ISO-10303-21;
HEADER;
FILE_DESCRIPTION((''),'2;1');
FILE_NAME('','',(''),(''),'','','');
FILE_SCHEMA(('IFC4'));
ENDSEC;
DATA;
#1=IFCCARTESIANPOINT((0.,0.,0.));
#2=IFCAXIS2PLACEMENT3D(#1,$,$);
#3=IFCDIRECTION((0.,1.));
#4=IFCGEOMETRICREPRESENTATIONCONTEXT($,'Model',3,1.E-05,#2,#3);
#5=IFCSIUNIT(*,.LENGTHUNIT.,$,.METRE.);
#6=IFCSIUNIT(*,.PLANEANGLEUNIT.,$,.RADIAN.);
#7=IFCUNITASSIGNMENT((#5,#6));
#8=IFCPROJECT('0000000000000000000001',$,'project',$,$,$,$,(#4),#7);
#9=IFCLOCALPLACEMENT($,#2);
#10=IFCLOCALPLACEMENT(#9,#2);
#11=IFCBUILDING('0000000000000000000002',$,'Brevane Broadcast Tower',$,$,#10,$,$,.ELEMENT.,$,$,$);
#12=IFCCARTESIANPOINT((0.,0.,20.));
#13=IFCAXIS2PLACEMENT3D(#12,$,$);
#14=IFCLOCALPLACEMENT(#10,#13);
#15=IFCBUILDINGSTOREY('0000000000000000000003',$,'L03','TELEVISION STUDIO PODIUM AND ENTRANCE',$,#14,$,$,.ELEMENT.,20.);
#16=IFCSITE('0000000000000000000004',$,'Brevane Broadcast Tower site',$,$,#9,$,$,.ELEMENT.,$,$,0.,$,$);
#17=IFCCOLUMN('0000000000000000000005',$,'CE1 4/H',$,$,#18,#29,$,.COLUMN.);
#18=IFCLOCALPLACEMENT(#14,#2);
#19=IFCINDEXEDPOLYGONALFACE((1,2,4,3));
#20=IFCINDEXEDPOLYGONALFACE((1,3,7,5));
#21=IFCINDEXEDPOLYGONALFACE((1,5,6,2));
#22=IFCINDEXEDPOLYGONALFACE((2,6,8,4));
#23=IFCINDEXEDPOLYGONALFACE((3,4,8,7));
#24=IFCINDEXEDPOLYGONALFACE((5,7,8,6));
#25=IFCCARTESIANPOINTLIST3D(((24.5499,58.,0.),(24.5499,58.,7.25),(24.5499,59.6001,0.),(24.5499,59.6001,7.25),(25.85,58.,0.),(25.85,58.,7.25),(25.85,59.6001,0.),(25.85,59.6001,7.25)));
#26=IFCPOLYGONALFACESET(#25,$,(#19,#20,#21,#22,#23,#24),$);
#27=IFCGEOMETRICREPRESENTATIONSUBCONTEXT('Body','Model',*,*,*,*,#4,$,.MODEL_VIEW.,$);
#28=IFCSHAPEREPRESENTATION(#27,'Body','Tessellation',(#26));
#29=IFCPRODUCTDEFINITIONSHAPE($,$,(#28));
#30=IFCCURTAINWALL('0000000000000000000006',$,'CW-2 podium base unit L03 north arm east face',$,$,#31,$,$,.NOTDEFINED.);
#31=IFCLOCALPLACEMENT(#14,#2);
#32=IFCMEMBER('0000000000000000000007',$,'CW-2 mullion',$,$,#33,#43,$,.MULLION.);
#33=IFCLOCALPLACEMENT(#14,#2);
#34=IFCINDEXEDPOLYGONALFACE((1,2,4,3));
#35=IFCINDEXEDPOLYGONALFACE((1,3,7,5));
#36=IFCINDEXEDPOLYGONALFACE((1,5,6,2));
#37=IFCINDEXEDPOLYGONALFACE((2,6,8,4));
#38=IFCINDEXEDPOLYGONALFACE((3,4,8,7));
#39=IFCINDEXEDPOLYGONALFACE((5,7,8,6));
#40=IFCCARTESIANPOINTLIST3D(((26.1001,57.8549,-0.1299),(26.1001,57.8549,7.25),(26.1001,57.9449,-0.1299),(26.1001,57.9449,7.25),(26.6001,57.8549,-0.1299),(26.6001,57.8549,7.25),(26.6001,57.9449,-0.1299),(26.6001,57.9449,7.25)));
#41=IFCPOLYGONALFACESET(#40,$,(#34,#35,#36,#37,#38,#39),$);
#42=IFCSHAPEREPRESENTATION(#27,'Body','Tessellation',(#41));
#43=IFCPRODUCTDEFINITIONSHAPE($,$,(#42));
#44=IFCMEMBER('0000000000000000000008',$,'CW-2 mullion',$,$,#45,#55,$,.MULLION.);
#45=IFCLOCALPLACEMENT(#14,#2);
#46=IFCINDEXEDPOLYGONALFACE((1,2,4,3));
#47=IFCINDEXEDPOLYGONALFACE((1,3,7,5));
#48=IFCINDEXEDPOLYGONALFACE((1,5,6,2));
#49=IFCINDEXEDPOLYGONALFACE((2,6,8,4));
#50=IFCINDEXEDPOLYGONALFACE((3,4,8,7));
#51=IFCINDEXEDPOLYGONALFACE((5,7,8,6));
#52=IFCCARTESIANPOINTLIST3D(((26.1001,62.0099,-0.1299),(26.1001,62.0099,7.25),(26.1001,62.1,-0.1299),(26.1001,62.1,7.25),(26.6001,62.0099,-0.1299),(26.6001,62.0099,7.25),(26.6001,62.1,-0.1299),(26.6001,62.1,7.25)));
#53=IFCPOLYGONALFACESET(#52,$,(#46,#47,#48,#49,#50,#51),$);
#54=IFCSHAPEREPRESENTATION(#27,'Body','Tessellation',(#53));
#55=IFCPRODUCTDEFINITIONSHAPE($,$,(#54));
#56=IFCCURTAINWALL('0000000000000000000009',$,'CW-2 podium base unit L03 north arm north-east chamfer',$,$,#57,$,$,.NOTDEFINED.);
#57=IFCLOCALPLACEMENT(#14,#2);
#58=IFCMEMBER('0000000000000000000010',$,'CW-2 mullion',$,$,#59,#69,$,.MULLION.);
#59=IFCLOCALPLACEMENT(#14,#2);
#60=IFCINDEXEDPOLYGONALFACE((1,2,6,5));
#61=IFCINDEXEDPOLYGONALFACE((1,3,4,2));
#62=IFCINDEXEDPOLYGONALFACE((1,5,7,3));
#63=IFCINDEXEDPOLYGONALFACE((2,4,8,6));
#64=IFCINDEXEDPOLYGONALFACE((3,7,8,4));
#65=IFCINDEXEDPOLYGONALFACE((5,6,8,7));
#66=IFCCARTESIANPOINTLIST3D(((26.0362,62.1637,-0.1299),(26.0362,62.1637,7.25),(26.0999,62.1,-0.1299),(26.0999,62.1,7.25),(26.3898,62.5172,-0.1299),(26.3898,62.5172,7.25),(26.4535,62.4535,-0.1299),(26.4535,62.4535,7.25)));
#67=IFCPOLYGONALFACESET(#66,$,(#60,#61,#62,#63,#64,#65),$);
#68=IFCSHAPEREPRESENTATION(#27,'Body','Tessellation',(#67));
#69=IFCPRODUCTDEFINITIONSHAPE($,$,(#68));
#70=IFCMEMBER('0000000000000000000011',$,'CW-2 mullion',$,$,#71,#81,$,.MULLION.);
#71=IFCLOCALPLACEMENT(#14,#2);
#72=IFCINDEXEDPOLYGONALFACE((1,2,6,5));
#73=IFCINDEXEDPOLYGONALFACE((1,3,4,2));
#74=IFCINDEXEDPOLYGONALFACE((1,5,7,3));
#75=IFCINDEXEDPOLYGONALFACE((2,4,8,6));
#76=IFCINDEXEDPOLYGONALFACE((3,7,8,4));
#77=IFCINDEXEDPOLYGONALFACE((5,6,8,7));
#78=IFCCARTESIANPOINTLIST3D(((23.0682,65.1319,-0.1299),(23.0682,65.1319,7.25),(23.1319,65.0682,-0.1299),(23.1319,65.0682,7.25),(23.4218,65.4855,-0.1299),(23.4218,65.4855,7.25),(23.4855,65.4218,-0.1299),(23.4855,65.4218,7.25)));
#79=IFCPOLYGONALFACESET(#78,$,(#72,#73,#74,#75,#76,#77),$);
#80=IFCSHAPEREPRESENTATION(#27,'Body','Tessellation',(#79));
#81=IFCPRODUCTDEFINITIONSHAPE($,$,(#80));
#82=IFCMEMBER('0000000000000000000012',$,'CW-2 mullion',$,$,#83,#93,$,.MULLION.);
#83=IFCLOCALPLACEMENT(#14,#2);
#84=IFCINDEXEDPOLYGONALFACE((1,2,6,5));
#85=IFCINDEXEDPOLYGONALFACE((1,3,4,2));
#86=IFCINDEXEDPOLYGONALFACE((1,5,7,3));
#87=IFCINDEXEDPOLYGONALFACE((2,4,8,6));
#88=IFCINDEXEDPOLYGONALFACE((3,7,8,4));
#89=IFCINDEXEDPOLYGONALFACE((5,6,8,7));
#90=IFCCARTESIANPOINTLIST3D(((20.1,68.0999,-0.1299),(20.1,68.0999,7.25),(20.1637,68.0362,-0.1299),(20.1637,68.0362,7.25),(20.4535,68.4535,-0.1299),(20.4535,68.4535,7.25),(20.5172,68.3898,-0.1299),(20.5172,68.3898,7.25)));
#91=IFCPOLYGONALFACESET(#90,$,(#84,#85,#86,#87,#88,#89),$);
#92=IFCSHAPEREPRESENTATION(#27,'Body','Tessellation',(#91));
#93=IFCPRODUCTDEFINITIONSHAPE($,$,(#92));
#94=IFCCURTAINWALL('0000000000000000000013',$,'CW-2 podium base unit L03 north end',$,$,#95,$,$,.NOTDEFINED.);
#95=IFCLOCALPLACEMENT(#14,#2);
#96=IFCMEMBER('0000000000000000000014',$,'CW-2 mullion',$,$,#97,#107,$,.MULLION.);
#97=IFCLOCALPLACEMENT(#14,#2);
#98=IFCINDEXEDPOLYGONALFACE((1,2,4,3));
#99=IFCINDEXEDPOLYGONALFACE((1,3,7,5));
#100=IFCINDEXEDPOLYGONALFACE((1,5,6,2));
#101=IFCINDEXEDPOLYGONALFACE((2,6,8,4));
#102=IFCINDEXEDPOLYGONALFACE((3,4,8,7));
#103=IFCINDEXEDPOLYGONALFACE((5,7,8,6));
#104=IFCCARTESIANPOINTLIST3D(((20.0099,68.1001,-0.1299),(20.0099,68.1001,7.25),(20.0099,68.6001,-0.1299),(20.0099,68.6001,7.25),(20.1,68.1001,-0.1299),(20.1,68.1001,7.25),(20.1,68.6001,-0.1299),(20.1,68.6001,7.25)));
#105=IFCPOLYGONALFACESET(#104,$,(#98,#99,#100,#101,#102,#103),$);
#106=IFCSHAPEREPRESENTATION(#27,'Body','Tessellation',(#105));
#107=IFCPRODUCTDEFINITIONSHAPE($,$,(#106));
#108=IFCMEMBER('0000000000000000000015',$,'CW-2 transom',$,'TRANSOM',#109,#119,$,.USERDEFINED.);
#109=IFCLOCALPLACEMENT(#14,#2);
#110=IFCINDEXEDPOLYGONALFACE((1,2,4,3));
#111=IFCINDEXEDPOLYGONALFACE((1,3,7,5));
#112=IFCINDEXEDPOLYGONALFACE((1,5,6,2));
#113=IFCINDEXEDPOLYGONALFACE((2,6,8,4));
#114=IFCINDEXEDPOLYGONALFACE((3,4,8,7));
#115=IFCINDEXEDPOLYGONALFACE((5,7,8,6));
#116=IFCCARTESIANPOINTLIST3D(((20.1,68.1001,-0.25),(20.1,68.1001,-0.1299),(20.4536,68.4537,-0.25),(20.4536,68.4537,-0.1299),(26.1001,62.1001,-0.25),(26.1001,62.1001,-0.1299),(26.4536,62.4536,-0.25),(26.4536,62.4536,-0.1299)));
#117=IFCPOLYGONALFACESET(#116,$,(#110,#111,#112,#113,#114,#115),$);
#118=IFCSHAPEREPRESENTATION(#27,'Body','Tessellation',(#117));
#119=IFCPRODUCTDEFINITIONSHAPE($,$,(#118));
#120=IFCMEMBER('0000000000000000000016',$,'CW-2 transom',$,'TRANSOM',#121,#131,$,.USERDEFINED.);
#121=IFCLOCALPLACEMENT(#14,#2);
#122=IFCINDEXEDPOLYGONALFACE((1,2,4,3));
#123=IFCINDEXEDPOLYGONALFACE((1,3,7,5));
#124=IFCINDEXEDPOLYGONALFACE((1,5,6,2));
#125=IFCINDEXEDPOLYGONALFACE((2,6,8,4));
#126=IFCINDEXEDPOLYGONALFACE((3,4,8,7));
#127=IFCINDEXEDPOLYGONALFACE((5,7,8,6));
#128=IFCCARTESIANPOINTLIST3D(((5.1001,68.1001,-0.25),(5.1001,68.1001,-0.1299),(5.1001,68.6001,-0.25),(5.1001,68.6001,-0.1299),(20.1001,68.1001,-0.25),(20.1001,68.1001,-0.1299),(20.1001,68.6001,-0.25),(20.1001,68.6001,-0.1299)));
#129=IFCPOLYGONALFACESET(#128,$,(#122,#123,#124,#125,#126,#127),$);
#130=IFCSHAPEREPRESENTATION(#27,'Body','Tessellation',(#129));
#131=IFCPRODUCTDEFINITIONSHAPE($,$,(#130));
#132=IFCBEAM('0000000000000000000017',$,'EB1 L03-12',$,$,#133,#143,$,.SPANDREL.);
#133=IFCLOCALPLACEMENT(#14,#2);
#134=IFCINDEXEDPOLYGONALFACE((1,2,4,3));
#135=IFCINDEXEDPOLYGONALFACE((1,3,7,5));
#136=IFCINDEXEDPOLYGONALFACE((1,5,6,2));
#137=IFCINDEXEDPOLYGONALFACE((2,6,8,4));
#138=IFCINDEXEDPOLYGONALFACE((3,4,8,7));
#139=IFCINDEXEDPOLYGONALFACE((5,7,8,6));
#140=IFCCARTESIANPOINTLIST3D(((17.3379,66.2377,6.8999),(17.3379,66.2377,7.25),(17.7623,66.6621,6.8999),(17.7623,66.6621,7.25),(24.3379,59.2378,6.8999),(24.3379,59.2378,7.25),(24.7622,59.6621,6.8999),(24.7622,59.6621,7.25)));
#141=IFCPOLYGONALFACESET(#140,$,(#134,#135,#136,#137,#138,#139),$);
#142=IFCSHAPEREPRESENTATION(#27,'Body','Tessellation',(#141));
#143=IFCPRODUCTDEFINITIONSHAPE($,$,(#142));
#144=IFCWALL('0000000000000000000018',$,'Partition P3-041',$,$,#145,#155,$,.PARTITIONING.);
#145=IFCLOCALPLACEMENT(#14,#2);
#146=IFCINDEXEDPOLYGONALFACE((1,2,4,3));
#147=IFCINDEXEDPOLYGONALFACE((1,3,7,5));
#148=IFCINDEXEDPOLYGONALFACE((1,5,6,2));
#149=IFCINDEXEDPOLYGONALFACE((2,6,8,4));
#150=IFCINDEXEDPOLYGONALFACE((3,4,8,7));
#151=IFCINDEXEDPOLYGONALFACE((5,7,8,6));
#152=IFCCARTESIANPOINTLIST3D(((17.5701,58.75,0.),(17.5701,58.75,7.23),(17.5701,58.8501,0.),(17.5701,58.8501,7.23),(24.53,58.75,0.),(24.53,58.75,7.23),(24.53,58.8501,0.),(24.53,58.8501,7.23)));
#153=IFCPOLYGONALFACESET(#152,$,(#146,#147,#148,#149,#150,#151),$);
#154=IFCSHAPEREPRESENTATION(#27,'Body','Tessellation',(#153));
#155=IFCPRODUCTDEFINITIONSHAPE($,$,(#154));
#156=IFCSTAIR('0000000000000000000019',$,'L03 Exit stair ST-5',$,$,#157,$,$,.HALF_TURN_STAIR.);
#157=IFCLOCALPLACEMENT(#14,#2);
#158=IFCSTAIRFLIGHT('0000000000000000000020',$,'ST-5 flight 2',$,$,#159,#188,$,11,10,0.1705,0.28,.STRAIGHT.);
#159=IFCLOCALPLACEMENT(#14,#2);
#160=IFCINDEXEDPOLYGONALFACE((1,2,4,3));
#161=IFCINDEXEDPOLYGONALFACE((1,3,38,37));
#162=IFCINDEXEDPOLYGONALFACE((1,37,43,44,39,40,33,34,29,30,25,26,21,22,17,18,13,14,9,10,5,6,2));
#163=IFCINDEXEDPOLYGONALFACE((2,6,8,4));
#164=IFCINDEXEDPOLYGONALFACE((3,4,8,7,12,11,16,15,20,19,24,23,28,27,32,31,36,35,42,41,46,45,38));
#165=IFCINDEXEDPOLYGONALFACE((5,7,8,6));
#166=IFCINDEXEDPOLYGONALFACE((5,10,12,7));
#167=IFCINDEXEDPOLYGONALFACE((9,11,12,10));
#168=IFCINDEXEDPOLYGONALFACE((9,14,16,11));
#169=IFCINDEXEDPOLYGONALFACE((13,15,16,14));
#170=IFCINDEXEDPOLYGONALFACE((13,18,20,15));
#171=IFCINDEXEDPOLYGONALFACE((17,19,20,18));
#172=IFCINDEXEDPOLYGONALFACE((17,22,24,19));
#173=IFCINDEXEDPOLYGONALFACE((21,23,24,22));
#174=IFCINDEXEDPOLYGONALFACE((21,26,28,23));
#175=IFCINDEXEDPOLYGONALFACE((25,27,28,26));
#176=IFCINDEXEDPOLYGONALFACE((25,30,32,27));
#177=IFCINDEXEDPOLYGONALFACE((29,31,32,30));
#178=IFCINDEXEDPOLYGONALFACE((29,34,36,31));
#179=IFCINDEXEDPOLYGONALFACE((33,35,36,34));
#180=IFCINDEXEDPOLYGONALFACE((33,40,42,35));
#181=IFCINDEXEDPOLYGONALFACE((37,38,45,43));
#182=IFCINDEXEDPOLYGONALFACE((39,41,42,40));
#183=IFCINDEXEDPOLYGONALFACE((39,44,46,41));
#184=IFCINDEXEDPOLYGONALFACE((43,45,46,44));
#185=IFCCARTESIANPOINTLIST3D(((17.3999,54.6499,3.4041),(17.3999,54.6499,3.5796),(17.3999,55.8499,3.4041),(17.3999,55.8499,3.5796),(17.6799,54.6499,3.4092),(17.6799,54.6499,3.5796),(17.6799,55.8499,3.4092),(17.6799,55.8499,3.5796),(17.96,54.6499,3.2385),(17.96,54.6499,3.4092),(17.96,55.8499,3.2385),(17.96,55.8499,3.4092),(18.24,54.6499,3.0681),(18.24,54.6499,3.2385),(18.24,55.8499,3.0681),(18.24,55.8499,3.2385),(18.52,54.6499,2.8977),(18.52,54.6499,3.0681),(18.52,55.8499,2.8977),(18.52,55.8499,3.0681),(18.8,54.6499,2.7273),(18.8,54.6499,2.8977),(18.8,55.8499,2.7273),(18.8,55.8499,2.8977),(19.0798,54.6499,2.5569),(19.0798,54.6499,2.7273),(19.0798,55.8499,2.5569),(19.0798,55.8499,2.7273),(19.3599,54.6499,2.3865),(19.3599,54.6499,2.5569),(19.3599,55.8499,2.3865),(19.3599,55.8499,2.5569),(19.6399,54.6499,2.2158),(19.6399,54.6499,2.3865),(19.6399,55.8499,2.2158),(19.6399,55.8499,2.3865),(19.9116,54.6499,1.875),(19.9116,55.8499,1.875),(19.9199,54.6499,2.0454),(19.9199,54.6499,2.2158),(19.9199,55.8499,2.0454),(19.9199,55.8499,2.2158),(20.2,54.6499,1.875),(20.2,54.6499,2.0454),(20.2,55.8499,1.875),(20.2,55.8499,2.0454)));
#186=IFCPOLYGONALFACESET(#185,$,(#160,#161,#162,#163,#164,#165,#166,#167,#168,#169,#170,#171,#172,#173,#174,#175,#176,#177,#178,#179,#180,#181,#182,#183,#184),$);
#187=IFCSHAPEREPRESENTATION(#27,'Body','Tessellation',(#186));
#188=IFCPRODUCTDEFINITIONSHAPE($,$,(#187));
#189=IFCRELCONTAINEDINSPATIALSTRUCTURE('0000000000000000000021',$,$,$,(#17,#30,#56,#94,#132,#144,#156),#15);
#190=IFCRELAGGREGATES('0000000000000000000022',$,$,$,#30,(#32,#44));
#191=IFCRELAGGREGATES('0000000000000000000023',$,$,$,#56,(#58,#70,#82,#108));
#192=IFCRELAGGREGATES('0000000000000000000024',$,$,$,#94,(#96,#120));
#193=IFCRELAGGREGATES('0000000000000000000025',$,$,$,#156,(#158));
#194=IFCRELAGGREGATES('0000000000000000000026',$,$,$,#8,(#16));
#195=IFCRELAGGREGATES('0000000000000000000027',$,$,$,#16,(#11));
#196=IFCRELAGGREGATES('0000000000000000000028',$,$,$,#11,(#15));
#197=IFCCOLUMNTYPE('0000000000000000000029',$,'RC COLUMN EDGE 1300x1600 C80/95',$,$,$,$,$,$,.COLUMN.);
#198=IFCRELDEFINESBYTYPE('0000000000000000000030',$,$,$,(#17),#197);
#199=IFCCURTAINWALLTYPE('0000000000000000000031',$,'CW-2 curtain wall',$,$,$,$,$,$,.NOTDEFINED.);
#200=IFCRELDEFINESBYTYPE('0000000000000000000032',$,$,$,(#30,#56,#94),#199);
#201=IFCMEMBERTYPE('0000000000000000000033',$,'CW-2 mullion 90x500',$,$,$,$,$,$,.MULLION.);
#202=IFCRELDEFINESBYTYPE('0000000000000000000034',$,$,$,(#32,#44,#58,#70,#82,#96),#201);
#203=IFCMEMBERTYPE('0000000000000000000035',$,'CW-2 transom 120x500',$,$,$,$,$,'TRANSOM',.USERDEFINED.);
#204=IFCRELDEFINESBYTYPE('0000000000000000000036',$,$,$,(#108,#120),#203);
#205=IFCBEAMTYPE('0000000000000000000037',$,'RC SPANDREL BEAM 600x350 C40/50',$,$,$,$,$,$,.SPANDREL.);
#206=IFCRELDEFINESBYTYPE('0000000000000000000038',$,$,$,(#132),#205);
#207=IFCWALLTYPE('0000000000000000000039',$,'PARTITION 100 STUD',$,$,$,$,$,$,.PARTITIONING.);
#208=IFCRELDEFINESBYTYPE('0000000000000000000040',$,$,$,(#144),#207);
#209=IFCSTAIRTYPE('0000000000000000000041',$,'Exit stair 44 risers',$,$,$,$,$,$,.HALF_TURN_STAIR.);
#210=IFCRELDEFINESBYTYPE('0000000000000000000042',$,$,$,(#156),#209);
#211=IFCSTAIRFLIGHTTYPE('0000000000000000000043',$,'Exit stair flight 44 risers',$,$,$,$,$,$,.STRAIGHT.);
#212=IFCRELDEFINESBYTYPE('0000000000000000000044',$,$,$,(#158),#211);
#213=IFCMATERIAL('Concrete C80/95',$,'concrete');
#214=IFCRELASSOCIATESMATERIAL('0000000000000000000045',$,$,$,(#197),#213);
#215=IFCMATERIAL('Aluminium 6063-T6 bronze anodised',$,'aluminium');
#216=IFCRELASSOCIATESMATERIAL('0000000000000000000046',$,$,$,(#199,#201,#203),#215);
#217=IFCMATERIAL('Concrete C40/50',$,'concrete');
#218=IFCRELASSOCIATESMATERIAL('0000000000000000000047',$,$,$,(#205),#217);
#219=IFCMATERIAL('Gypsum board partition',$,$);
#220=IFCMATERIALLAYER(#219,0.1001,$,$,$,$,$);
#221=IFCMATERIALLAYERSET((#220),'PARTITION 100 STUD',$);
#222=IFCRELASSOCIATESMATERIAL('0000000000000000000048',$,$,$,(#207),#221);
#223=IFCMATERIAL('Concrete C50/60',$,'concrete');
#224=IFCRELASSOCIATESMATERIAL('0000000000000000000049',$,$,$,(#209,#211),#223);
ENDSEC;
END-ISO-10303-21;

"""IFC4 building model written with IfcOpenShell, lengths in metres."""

from ifc_helpers import new_model, si_unit, direction, frame, frame_2d, origin, origin_2d, place, context, subcontext, project, spatial, polyline, rectangle, outline, extrude, material, layer, layer_set, material_profile, profile_set, type_object, element, aggregate, save


model = new_model("IFC4")

# Units and contexts
model_context = context("Model", 3, precision=1e-05, world=origin(), true_north=direction((0.0, 1.0)))
body_context = subcontext(model_context, "Body", "Model", "MODEL_VIEW")
ifc_project = project(units=[si_unit("LENGTHUNIT", "METRE"), si_unit("PLANEANGLEUNIT", "RADIAN")], contexts=[model_context])

# Site, building, storey
site_placement = place(None, origin())
site = spatial("IfcSite", under=ifc_project, at=site_placement, Name="Brevane Broadcast Tower site", CompositionType="ELEMENT", RefElevation=0.0)
building_placement = place(site_placement, origin())
building = spatial("IfcBuilding", under=site, at=building_placement, Name="Brevane Broadcast Tower", CompositionType="ELEMENT")
storey_placement = place(building_placement, frame((0.0, 0.0, 20.0)))
storey = spatial("IfcBuildingStorey", under=building, at=storey_placement, Name="L03", Description="TELEVISION STUDIO PODIUM AND ENTRANCE", CompositionType="ELEMENT", Elevation=20.0)

# Column
ifc_material_1 = material(Name="Concrete C80/95", Category="concrete")
ifc_material_profile_1 = material_profile(ifc_material_1, rectangle(XDim=1.3, YDim=1.6001, at=origin_2d()), Name="RC 1300x1600")
ifc_profile_set_1 = profile_set([ifc_material_profile_1], Name="Concrete C80/95")
column_type = type_object("IfcColumnType", Name="RC COLUMN EDGE 1300x1600 C80/95", PredefinedType="COLUMN", material=ifc_profile_set_1)
column_placement = place(storey_placement, frame((25.2, 58.8, 0.0), z_axis=(0.0, 0.0, 1.0), x_axis=(1.0, 0.0, 0.0)))
element("IfcColumn", 1, at=column_placement, inside=storey, type_object=column_type, Name="CE1 4/H", PredefinedType="COLUMN", context=body_context, shape_type="SweptSolid", body=[
    extrude(rectangle(XDim=1.3, YDim=1.6001, at=origin_2d()), origin(), (0.0, 0.0, 1.0), 7.25),
])

# Curtain walls, members
ifc_material_2 = material(Name="Aluminium 6063-T6 bronze anodised", Category="aluminium")
curtain_wall_type = type_object("IfcCurtainWallType", Name="CW-2 curtain wall", PredefinedType="NOTDEFINED", material=ifc_material_2)
curtain_wall_1_placement = place(storey_placement, origin())
curtain_wall_1 = element("IfcCurtainWall", 2, at=curtain_wall_1_placement, inside=storey, type_object=curtain_wall_type, Name="CW-2 podium base unit L03 north arm east face", PredefinedType="NOTDEFINED")
ifc_material_profile_2 = material_profile(ifc_material_2, rectangle(XDim=0.5, YDim=0.0901, at=origin_2d()), Name="RECT 90x500")
ifc_profile_set_2 = profile_set([ifc_material_profile_2], Name="Aluminium 6063-T6 bronze anodised")
member_type_1 = type_object("IfcMemberType", Name="CW-2 mullion 90x500", PredefinedType="MULLION", material=ifc_profile_set_2)
member_1_placement = place(storey_placement, frame((26.3501, 57.8999, -0.1299), z_axis=(0.0, 0.0, 1.0), x_axis=(-1.0, 0.0, 0.0)))
member_1 = element("IfcMember", 3, at=member_1_placement, type_object=member_type_1, Name="CW-2 mullion", PredefinedType="MULLION", context=body_context, shape_type="SweptSolid", body=[
    extrude(rectangle(XDim=0.5, YDim=0.0901, at=origin_2d()), origin(), (0.0, 0.0, 1.0), 7.3799),
])
member_2_placement = place(storey_placement, frame((26.3501, 62.0549, -0.1299), z_axis=(0.0, 0.0, 1.0), x_axis=(-1.0, 0.0, 0.0)))
member_2 = element("IfcMember", 4, at=member_2_placement, type_object=member_type_1, Name="CW-2 mullion", PredefinedType="MULLION", context=body_context, shape_type="SweptSolid", body=[
    extrude(rectangle(XDim=0.5, YDim=0.0901, at=origin_2d()), origin(), (0.0, 0.0, 1.0), 7.3799),
])
aggregate(curtain_wall_1, [member_1, member_2])
curtain_wall_2_placement = place(storey_placement, origin())
curtain_wall_2 = element("IfcCurtainWall", 5, at=curtain_wall_2_placement, inside=storey, type_object=curtain_wall_type, Name="CW-2 podium base unit L03 north arm north-east chamfer", PredefinedType="NOTDEFINED")
member_3_placement = place(storey_placement, frame((26.2449, 62.3086, -0.1299), z_axis=(0.0, 0.0, 1.0), x_axis=(-0.707107, -0.707107, 0.0)))
member_3 = element("IfcMember", 6, at=member_3_placement, type_object=member_type_1, Name="CW-2 mullion", PredefinedType="MULLION", context=body_context, shape_type="SweptSolid", body=[
    extrude(rectangle(XDim=0.5, YDim=0.0901, at=origin_2d()), origin(), (0.0, 0.0, 1.0), 7.3799),
])
member_4_placement = place(storey_placement, frame((23.2769, 65.2769, -0.1299), z_axis=(0.0, 0.0, 1.0), x_axis=(-0.707107, -0.707107, 0.0)))
member_4 = element("IfcMember", 7, at=member_4_placement, type_object=member_type_1, Name="CW-2 mullion", PredefinedType="MULLION", context=body_context, shape_type="SweptSolid", body=[
    extrude(rectangle(XDim=0.5, YDim=0.0901, at=origin_2d()), origin(), (0.0, 0.0, 1.0), 7.3799),
])
member_5_placement = place(storey_placement, frame((20.3086, 68.2449, -0.1299), z_axis=(0.0, 0.0, 1.0), x_axis=(-0.707107, -0.707107, 0.0)))
member_5 = element("IfcMember", 8, at=member_5_placement, type_object=member_type_1, Name="CW-2 mullion", PredefinedType="MULLION", context=body_context, shape_type="SweptSolid", body=[
    extrude(rectangle(XDim=0.5, YDim=0.0901, at=origin_2d()), origin(), (0.0, 0.0, 1.0), 7.3799),
])

# Curtain wall, member
curtain_wall_3_placement = place(storey_placement, origin())
curtain_wall_3 = element("IfcCurtainWall", 9, at=curtain_wall_3_placement, inside=storey, type_object=curtain_wall_type, Name="CW-2 podium base unit L03 north end", PredefinedType="NOTDEFINED")
member_6_placement = place(storey_placement, frame((20.0549, 68.3501, -0.1299), z_axis=(0.0, 0.0, 1.0), x_axis=(0.0, -1.0, 0.0)))
member_6 = element("IfcMember", 10, at=member_6_placement, type_object=member_type_1, Name="CW-2 mullion", PredefinedType="MULLION", context=body_context, shape_type="SweptSolid", body=[
    extrude(rectangle(XDim=0.5, YDim=0.0901, at=origin_2d()), origin(), (0.0, 0.0, 1.0), 7.3799),
])

# Members
ifc_material_profile_3 = material_profile(ifc_material_2, rectangle(XDim=0.5, YDim=0.1201, at=origin_2d()), Name="RECT 120x500")
ifc_profile_set_3 = profile_set([ifc_material_profile_3], Name="Aluminium 6063-T6 bronze anodised")
member_type_2 = type_object("IfcMemberType", Name="CW-2 transom 120x500", ElementType="TRANSOM", PredefinedType="USERDEFINED", material=ifc_profile_set_3)
member_7_placement = place(storey_placement, frame((26.2769, 62.2769, -0.1899), z_axis=(-0.707107, 0.707107, 0.0), x_axis=(-0.707107, -0.707107, 0.0)))
member_7 = element("IfcMember", 11, at=member_7_placement, type_object=member_type_2, Name="CW-2 transom", ObjectType="TRANSOM", PredefinedType="USERDEFINED", context=body_context, shape_type="SweptSolid", body=[
    extrude(rectangle(XDim=0.5, YDim=0.1201, at=origin_2d()), origin(), (0.0, 0.0, 1.0), 8.4854),
])
aggregate(curtain_wall_2, [member_3, member_4, member_5, member_7])
member_8_placement = place(storey_placement, frame((20.1001, 68.3501, -0.1899), z_axis=(-1.0, 0.0, 0.0), x_axis=(0.0, -1.0, 0.0)))
member_8 = element("IfcMember", 12, at=member_8_placement, type_object=member_type_2, Name="CW-2 transom", ObjectType="TRANSOM", PredefinedType="USERDEFINED", context=body_context, shape_type="SweptSolid", body=[
    extrude(rectangle(XDim=0.5, YDim=0.1201, at=origin_2d()), origin(), (0.0, 0.0, 1.0), 15.0),
])
aggregate(curtain_wall_3, [member_6, member_8])

# Beam
ifc_material_3 = material(Name="Concrete C40/50", Category="concrete")
ifc_material_profile_4 = material_profile(ifc_material_3, rectangle(XDim=0.6001, YDim=0.3501, at=origin_2d()), Name="RC 600x350")
ifc_profile_set_4 = profile_set([ifc_material_profile_4], Name="Concrete C40/50")
beam_type = type_object("IfcBeamType", Name="RC SPANDREL BEAM 600x350 C40/50", PredefinedType="SPANDREL", material=ifc_profile_set_4)
beam_placement = place(storey_placement, frame((24.55, 59.45, 7.075), z_axis=(-0.707107, 0.707107, 0.0), x_axis=(-0.707107, -0.707107, 0.0)))
element("IfcBeam", 13, at=beam_placement, inside=storey, type_object=beam_type, Name="EB1 L03-12", PredefinedType="SPANDREL", context=body_context, shape_type="SweptSolid", body=[
    extrude(rectangle(XDim=0.6001, YDim=0.3501, at=origin_2d()), origin(), (0.0, 0.0, 1.0), 9.8994),
])

# Wall
ifc_material_4 = material(Name="Gypsum board partition")
ifc_layer = layer(ifc_material_4, 0.1001)
ifc_layer_set = layer_set([ifc_layer], Name="PARTITION 100 STUD")
wall_type = type_object("IfcWallType", Name="PARTITION 100 STUD", PredefinedType="PARTITIONING", material=ifc_layer_set)
wall_placement = place(storey_placement, frame((17.5701, 58.8, 0.0), z_axis=(0.0, 0.0, 1.0), x_axis=(1.0, 0.0, 0.0)))
element("IfcWall", 14, at=wall_placement, inside=storey, type_object=wall_type, Name="Partition P3-041", PredefinedType="PARTITIONING", context=body_context, shape_type="SweptSolid", body=[
    extrude(rectangle(XDim=6.96, YDim=0.1001, at=frame_2d((3.48, 0.0))), origin(), (0.0, 0.0, 1.0), 7.23),
])

# Stair, stair flight
ifc_material_5 = material(Name="Concrete C50/60", Category="concrete")
stair_type = type_object("IfcStairType", Name="Exit stair 44 risers", PredefinedType="HALF_TURN_STAIR", material=ifc_material_5)
stair_placement = place(storey_placement, origin())
stair = element("IfcStair", 15, at=stair_placement, inside=storey, type_object=stair_type, Name="L03 Exit stair ST-5", PredefinedType="HALF_TURN_STAIR")
stair_flight_type = type_object("IfcStairFlightType", Name="Exit stair flight 44 risers", PredefinedType="STRAIGHT", material=ifc_material_5)
stair_flight_1_placement = place(storey_placement, frame((20.2, 55.25, 1.875), z_axis=(0.0, 0.0, 1.0), x_axis=(-1.0, 0.0, 0.0)))
stair_flight_1 = element("IfcStairFlight", 16, at=stair_flight_1_placement, type_object=stair_flight_type, Name="ST-5 flight 2", NumberOfRisers=11, NumberOfTreads=10, PredefinedType="STRAIGHT", RiserHeight=0.1705, TreadLength=0.28, context=body_context, shape_type="SweptSolid", body=[
    extrude(outline(polyline([(0.0, 0.0), (0.0, 0.1704), (0.28, 0.1704), (0.28, 0.3408), (0.5601, 0.3408), (0.5601, 0.5115), (0.8401, 0.5115), (0.8401, 0.6819), (1.1201, 0.6819), (1.1201, 0.8523), (1.3999, 0.8523), (1.3999, 1.0227), (1.6799, 1.0227), (1.6799, 1.1931), (1.96, 1.1931), (1.96, 1.3635), (2.24, 1.3635), (2.24, 1.5342), (2.52, 1.5342), (2.52, 1.7046), (2.8, 1.7046), (2.8, 1.875), (2.8, 1.5291), (0.2883, 0.0), (0.0, 0.0)])), frame((0.0, 0.6001, 0.0), z_axis=(0.0, -1.0, 0.0), x_axis=(1.0, 0.0, 0.0)), (0.0, 0.0, 1.0), 1.2),
])
aggregate(stair, [stair_flight_1])

save(model, "model.ifc")
